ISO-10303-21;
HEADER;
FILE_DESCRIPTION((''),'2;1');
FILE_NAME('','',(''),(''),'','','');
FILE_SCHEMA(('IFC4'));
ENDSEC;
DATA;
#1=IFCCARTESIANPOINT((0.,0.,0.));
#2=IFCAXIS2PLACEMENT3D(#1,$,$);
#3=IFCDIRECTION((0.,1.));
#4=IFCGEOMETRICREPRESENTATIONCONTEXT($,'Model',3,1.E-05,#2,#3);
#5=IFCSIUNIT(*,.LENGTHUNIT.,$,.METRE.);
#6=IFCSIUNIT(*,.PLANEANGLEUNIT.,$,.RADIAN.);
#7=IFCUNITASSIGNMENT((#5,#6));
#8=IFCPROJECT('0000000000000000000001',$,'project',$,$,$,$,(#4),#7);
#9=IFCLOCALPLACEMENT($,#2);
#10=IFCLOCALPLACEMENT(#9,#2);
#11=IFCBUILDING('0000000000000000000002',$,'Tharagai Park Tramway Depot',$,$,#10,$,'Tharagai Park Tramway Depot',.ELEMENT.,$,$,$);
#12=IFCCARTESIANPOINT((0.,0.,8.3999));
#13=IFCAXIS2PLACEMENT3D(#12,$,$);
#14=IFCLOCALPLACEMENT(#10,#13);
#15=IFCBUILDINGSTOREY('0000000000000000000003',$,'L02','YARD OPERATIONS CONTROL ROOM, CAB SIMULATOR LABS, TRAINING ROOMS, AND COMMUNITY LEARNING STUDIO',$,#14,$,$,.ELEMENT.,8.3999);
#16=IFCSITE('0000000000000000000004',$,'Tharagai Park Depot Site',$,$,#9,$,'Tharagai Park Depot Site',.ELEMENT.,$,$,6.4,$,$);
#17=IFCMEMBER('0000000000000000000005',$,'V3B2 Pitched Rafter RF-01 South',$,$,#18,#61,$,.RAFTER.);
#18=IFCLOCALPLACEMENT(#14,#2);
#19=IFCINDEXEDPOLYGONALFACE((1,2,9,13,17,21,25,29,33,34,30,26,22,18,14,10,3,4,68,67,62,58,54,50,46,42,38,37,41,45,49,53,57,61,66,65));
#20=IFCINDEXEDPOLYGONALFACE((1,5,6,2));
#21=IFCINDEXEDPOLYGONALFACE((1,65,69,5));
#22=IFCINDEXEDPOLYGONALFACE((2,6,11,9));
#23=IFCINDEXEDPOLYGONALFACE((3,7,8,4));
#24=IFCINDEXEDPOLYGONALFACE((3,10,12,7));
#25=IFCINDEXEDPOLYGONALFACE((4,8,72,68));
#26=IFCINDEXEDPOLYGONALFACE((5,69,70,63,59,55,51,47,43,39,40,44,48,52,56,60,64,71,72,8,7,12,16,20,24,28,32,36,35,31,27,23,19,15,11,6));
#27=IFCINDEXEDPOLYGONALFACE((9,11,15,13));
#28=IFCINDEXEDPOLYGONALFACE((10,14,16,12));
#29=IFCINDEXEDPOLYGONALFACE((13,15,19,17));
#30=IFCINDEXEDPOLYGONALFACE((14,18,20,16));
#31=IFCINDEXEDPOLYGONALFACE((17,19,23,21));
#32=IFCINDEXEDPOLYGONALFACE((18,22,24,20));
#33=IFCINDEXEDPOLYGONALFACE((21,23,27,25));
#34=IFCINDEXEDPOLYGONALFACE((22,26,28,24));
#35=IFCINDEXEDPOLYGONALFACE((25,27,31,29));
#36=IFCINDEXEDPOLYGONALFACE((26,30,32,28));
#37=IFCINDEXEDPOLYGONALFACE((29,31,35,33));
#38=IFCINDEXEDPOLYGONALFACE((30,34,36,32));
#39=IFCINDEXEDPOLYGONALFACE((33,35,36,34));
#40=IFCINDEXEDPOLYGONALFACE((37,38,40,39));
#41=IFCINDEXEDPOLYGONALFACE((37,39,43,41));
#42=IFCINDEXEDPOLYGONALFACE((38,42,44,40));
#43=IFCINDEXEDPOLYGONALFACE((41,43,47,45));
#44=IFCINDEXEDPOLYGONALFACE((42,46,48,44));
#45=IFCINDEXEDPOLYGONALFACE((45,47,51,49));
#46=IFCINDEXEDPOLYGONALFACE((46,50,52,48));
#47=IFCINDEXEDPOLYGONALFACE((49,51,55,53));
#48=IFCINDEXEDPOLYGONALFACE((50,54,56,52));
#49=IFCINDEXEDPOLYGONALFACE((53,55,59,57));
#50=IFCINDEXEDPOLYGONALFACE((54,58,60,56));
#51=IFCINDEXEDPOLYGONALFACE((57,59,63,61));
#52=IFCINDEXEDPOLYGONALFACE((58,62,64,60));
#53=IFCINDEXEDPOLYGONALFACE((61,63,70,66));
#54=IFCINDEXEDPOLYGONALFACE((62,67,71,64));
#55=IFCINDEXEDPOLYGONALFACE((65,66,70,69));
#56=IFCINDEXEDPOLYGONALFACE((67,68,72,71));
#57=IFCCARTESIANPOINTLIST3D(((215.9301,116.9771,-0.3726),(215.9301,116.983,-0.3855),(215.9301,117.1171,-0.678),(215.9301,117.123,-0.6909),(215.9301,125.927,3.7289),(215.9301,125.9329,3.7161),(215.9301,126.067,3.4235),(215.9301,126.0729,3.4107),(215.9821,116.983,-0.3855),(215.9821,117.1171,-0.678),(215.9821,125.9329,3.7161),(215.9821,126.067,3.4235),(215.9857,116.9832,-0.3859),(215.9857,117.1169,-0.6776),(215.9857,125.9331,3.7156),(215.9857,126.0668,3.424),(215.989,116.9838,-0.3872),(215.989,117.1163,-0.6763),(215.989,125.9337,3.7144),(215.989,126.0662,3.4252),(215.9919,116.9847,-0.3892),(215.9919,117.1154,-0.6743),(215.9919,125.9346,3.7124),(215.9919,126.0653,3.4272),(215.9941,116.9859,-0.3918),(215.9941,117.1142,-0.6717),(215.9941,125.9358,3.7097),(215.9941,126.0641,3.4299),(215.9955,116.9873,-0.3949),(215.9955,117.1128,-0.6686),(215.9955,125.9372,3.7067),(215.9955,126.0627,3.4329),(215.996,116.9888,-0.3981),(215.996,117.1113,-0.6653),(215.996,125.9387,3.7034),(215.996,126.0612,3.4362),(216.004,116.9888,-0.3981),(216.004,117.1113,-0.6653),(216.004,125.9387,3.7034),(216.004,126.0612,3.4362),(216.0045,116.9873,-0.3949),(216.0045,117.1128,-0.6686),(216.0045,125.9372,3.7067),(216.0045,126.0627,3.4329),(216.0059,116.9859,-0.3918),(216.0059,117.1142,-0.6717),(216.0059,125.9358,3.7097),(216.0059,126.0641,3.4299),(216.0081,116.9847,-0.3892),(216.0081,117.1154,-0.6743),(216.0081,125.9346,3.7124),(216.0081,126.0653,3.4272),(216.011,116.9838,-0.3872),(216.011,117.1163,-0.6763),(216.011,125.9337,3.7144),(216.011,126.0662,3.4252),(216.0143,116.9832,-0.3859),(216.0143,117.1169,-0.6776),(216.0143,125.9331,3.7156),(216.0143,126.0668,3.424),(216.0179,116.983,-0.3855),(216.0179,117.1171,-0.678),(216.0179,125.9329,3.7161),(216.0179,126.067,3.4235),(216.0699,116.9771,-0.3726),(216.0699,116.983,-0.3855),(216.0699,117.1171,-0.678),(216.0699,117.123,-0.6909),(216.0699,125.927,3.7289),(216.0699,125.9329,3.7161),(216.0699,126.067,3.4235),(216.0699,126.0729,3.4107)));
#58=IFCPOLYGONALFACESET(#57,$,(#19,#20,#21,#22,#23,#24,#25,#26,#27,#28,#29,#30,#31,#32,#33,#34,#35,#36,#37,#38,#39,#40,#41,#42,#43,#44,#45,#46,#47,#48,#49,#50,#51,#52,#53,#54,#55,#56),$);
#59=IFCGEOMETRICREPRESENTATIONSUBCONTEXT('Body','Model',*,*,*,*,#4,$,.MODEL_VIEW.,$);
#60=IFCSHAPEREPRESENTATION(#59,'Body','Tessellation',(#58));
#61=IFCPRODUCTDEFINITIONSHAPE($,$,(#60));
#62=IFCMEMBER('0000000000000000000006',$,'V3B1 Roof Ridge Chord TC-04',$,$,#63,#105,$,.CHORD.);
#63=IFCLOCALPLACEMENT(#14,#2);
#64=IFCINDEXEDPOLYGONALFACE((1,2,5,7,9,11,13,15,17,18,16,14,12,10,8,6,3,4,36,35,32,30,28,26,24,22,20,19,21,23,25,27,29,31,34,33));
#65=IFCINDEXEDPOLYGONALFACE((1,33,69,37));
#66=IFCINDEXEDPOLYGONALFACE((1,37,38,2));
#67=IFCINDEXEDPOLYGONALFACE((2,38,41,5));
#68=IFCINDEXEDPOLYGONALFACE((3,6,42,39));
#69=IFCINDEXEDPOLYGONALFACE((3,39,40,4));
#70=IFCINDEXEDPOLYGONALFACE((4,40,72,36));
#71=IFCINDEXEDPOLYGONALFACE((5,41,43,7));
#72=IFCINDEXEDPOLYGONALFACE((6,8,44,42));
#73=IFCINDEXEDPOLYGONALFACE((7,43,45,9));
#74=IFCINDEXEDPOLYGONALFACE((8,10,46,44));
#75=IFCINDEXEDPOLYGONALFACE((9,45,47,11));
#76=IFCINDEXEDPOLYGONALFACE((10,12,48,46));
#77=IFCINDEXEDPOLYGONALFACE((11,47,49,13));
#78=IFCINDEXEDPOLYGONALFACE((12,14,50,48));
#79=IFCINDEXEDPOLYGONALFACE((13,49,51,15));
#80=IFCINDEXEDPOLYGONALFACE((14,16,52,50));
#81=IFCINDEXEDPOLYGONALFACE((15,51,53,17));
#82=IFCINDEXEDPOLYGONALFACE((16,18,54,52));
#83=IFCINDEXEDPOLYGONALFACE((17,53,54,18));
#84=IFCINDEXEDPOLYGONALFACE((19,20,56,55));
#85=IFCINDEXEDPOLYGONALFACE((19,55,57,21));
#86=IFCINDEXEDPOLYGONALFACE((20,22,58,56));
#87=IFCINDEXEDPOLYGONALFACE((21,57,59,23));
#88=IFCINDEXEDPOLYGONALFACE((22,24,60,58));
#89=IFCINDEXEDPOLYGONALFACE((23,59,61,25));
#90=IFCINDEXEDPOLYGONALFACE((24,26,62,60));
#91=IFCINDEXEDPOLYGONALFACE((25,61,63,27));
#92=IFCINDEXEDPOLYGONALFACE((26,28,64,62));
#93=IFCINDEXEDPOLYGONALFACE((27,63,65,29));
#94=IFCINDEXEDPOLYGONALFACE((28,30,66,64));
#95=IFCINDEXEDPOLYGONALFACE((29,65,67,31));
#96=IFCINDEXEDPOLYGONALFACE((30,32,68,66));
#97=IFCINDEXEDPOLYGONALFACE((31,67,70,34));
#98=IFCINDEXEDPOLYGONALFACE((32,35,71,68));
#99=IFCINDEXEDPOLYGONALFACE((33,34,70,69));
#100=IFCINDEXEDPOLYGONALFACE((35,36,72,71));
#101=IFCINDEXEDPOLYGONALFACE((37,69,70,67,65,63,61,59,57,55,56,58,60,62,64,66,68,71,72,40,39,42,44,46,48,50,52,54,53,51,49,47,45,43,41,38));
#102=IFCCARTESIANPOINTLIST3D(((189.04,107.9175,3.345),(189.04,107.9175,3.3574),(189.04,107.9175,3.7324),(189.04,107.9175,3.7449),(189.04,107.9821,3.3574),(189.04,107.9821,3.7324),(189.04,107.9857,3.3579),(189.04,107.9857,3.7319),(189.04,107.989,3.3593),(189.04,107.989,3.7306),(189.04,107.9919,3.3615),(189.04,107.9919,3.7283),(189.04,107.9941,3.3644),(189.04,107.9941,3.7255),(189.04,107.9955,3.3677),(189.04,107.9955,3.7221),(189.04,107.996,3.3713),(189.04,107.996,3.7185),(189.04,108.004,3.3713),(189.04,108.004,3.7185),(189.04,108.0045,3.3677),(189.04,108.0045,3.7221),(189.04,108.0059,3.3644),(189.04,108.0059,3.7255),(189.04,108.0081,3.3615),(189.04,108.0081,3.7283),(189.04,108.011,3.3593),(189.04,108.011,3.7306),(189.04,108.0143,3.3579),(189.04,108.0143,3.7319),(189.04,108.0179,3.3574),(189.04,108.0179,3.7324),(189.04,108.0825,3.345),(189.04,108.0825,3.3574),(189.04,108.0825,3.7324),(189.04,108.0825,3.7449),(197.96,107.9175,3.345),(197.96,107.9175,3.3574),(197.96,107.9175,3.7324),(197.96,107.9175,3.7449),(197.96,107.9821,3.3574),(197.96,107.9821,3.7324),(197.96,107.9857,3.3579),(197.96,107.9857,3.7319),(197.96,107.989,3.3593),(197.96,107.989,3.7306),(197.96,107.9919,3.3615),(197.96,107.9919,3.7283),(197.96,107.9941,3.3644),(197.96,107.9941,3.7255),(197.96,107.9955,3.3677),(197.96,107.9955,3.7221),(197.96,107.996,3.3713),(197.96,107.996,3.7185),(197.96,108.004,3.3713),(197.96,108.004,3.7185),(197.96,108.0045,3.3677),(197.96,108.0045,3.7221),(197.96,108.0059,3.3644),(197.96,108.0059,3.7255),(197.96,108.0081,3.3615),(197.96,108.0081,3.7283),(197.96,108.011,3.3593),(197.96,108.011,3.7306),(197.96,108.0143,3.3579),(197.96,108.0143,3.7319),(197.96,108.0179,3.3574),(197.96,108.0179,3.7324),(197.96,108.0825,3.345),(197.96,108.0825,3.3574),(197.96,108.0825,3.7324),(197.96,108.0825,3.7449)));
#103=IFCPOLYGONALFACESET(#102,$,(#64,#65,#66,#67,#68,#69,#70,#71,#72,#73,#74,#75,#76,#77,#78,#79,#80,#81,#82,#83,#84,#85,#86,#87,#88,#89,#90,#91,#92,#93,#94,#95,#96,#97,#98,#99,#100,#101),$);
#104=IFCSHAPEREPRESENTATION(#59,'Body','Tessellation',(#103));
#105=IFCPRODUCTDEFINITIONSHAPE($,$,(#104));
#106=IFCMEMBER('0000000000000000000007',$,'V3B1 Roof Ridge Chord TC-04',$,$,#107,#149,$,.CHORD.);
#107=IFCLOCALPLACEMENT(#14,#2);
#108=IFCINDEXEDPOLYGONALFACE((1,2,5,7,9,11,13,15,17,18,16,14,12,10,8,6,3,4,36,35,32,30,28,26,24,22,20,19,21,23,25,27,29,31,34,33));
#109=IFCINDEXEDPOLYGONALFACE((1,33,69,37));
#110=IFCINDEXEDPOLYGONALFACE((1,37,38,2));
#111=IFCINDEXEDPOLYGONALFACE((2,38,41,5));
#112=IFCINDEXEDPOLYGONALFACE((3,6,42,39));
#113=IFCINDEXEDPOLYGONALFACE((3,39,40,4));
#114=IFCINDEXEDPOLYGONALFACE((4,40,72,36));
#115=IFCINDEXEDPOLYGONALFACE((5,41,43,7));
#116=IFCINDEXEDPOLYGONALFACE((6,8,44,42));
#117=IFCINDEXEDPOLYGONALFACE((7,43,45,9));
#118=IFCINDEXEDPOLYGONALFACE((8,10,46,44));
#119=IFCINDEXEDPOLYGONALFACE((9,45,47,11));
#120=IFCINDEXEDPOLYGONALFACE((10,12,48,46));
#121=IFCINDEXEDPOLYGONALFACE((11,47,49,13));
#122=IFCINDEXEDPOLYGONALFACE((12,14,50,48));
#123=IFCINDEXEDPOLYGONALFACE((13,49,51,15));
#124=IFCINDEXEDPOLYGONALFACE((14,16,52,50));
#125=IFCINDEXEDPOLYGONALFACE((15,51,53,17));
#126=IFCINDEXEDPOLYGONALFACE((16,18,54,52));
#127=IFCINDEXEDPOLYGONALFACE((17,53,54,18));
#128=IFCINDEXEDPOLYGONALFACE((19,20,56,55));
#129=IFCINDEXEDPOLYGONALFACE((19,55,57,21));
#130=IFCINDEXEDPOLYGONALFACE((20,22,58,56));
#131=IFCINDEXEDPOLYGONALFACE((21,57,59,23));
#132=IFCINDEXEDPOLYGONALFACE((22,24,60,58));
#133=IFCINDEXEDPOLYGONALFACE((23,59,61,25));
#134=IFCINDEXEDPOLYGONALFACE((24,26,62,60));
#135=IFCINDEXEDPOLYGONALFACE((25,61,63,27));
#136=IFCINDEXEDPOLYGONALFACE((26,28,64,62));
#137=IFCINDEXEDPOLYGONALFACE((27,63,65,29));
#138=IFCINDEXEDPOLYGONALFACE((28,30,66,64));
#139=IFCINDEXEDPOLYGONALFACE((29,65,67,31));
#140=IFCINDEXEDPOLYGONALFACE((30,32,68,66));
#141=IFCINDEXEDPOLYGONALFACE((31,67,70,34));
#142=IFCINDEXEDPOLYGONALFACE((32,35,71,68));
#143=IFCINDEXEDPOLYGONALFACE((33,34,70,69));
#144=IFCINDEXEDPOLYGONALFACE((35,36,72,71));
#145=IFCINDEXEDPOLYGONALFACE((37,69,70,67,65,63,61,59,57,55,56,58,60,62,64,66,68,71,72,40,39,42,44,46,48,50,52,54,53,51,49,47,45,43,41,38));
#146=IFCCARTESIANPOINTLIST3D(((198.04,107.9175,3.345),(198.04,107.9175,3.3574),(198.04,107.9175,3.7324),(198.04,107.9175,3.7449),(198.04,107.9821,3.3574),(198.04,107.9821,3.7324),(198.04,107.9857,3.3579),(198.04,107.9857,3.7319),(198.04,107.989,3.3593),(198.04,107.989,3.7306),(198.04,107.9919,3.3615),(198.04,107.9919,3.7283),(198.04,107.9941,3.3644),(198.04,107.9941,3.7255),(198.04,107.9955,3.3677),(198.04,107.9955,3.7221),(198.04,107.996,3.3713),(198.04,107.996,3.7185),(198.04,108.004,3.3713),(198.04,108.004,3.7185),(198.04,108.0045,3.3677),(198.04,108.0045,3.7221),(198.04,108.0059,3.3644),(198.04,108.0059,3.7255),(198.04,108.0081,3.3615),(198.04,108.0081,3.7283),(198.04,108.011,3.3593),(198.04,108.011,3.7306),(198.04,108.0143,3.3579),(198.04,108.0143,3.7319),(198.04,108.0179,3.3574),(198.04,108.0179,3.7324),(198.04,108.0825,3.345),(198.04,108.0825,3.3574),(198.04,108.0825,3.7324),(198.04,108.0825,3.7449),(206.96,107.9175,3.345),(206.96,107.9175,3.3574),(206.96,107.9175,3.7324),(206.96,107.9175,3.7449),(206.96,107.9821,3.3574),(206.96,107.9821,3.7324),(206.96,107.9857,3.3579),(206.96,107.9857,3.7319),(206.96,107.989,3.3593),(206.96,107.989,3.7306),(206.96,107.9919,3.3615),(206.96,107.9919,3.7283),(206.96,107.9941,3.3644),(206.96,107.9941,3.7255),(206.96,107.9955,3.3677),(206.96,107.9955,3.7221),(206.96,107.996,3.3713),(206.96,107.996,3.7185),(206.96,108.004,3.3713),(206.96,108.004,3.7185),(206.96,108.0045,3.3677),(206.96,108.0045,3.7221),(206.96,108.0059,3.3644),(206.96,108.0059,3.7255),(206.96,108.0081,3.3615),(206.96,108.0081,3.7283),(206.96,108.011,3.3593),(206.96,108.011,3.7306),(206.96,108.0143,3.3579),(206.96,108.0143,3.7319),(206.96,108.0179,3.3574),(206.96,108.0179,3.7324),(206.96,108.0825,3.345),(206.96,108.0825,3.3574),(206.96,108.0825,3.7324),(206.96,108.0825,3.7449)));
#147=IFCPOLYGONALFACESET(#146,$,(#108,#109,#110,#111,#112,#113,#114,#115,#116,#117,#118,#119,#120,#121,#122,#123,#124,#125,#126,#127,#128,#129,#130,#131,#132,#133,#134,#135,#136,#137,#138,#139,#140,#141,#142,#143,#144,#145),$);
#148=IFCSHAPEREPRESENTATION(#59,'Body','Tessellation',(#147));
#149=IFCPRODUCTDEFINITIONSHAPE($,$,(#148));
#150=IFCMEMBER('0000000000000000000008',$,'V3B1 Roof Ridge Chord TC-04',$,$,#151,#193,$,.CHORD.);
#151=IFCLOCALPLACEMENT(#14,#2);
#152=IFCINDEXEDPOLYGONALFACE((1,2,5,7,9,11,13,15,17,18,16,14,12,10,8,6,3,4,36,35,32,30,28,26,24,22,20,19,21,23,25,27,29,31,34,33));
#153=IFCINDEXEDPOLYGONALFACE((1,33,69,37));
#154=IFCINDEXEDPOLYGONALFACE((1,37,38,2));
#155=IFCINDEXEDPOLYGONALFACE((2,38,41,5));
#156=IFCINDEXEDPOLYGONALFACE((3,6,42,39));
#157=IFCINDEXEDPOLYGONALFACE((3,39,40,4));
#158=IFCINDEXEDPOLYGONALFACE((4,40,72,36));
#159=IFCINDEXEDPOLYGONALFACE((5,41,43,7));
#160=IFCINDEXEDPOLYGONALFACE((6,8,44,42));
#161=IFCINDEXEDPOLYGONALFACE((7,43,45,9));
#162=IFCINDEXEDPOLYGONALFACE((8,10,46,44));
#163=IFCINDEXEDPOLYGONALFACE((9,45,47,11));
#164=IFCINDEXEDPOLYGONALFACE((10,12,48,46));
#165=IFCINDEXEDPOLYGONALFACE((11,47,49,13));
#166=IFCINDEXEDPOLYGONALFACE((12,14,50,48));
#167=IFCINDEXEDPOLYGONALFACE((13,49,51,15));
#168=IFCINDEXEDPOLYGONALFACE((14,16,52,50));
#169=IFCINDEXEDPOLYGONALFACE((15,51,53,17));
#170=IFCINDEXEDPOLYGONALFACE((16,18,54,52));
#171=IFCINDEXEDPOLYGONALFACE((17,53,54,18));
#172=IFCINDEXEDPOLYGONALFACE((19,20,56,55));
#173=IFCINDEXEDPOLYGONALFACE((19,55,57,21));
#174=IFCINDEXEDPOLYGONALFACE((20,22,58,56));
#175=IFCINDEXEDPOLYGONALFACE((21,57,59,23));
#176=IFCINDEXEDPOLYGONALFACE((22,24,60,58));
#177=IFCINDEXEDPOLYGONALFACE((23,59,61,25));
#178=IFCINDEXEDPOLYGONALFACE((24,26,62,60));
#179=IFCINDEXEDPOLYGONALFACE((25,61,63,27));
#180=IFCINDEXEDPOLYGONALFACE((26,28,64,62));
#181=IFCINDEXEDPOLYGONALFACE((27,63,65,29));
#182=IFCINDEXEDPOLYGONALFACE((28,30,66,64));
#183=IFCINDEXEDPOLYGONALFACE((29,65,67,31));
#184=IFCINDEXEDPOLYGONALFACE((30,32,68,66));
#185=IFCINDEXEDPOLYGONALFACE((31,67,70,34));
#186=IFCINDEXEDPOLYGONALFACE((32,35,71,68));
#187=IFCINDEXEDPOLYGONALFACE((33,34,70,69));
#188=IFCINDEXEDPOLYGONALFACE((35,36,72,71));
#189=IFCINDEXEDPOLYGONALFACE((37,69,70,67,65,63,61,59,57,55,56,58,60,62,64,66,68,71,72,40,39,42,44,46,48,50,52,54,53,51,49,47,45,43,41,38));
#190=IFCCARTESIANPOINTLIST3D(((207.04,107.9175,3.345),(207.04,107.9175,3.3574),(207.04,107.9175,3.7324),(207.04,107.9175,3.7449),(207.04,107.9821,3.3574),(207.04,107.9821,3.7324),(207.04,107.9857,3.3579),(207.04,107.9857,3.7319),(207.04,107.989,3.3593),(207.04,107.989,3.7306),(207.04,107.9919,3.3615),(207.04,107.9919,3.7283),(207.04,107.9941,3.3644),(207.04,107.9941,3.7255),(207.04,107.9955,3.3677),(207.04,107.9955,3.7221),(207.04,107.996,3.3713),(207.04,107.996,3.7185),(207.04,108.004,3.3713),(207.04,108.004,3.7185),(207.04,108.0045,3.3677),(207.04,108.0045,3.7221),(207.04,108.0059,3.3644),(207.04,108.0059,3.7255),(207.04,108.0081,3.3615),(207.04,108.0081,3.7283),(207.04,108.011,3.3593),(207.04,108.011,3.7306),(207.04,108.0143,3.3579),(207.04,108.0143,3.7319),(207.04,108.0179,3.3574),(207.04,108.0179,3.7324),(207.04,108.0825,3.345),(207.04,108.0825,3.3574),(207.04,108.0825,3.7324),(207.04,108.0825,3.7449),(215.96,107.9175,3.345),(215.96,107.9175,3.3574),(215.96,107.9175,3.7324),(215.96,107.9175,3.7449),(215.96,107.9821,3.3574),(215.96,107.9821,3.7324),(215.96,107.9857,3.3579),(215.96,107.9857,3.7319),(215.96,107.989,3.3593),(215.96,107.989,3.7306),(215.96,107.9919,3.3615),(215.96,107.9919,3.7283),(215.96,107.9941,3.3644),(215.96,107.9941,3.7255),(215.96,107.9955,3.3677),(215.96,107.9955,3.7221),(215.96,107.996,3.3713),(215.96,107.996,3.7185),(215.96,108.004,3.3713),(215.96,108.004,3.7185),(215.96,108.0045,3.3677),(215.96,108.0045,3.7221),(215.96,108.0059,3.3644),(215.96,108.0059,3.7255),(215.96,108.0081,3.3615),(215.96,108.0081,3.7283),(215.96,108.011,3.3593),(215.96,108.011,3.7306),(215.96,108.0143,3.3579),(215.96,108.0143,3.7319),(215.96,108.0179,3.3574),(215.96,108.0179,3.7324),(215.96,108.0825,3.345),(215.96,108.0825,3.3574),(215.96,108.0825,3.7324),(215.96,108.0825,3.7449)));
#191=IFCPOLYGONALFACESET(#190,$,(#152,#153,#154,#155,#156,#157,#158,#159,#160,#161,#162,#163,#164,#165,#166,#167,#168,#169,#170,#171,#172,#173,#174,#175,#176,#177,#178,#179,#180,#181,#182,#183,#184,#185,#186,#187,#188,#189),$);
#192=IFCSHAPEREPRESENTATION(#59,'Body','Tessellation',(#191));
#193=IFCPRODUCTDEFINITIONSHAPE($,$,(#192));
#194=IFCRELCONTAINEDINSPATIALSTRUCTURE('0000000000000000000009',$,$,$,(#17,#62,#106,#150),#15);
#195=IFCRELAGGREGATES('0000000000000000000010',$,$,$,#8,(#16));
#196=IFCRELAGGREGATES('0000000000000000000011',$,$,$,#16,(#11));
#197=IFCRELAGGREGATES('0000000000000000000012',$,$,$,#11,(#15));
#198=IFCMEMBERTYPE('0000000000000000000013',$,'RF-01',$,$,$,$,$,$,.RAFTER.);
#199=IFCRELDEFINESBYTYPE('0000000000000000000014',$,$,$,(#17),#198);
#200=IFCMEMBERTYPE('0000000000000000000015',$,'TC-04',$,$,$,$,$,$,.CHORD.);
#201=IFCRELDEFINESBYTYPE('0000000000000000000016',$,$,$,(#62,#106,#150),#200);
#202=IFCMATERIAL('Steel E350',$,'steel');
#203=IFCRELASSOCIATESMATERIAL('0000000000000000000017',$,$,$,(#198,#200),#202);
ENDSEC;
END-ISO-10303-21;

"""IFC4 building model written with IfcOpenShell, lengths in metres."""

from ifc_helpers import new_model, si_unit, direction, frame, origin, origin_2d, place, context, subcontext, project, spatial, i_section, extrude, material, material_profile, profile_set, type_object, element, save


model = new_model("IFC4")

# Units and contexts
model_context = context("Model", 3, precision=1e-05, world=origin(), true_north=direction((0.0, 1.0)))
body_context = subcontext(model_context, "Body", "Model", "MODEL_VIEW")
ifc_project = project(units=[si_unit("LENGTHUNIT", "METRE"), si_unit("PLANEANGLEUNIT", "RADIAN")], contexts=[model_context])

# Site, building, storey
site_placement = place(None, origin())
site = spatial("IfcSite", under=ifc_project, at=site_placement, Name="Tharagai Park Depot Site", LongName="Tharagai Park Depot Site", CompositionType="ELEMENT", RefElevation=6.4)
building_placement = place(site_placement, origin())
building = spatial("IfcBuilding", under=site, at=building_placement, Name="Tharagai Park Tramway Depot", LongName="Tharagai Park Tramway Depot", CompositionType="ELEMENT")
storey_placement = place(building_placement, frame((0.0, 0.0, 8.3999)))
storey = spatial("IfcBuildingStorey", under=building, at=storey_placement, Name="L02", Description="YARD OPERATIONS CONTROL ROOM, CAB SIMULATOR LABS, TRAINING ROOMS, AND COMMUNITY LEARNING STUDIO", CompositionType="ELEMENT", Elevation=8.3999)

# Shared definitions
ifc_material_1 = material(Name="Steel E350", Category="steel")

# Members
ifc_material_profile_1 = material_profile(ifc_material_1, i_section(OverallWidth=0.1399, OverallDepth=0.3501, WebThickness=0.0081, FlangeThickness=0.0142, FilletRadius=0.0139, at=origin_2d()), Name="ISMB 350")
ifc_profile_set_1 = profile_set([ifc_material_profile_1], Name="Steel E350")
member_type_1 = type_object("IfcMemberType", Name="RF-01", PredefinedType="RAFTER", material=ifc_profile_set_1)
for number, where, z_axis, x_axis, name in (
    (1, (216.0, 117.05, -0.5317), (0.0, 0.909084, 0.416613), (-1.0, 0.0, 0.0), "V3B2 Pitched Rafter RF-01 South"),
):
    element("IfcMember", number, at=place(storey_placement, frame(where, z_axis=z_axis, x_axis=x_axis)), inside=storey, type_object=member_type_1, Name=name, PredefinedType="RAFTER", context=body_context, shape_type="SweptSolid", body=[
        extrude(i_section(OverallWidth=0.1399, OverallDepth=0.3501, WebThickness=0.0081, FlangeThickness=0.0142, FilletRadius=0.0139, at=origin_2d()), origin(), (0.0, 0.0, 1.0), 9.845),
    ])
ifc_material_profile_2 = material_profile(ifc_material_1, i_section(OverallWidth=0.165, OverallDepth=0.3999, WebThickness=0.0081, FlangeThickness=0.0125, FilletRadius=0.0139, at=origin_2d()), Name="ISLB 400")
ifc_profile_set_2 = profile_set([ifc_material_profile_2], Name="Steel E350")
member_type_2 = type_object("IfcMemberType", Name="TC-04", PredefinedType="CHORD", material=ifc_profile_set_2)
for number, where, z_axis, x_axis, name in (
    (2, (189.04, 108.0, 3.5449), (1.0, 0.0, 0.0), (0.0, 1.0, 0.0), "V3B1 Roof Ridge Chord TC-04"),
    (3, (198.04, 108.0, 3.5449), (1.0, 0.0, 0.0), (0.0, 1.0, 0.0), "V3B1 Roof Ridge Chord TC-04"),
    (4, (207.04, 108.0, 3.5449), (1.0, 0.0, 0.0), (0.0, 1.0, 0.0), "V3B1 Roof Ridge Chord TC-04"),
):
    element("IfcMember", number, at=place(storey_placement, frame(where, z_axis=z_axis, x_axis=x_axis)), inside=storey, type_object=member_type_2, Name=name, PredefinedType="CHORD", context=body_context, shape_type="SweptSolid", body=[
        extrude(i_section(OverallWidth=0.165, OverallDepth=0.3999, WebThickness=0.0081, FlangeThickness=0.0125, FilletRadius=0.0139, at=origin_2d()), origin(), (0.0, 0.0, 1.0), 8.9199),
    ])

save(model, "model.ifc")
